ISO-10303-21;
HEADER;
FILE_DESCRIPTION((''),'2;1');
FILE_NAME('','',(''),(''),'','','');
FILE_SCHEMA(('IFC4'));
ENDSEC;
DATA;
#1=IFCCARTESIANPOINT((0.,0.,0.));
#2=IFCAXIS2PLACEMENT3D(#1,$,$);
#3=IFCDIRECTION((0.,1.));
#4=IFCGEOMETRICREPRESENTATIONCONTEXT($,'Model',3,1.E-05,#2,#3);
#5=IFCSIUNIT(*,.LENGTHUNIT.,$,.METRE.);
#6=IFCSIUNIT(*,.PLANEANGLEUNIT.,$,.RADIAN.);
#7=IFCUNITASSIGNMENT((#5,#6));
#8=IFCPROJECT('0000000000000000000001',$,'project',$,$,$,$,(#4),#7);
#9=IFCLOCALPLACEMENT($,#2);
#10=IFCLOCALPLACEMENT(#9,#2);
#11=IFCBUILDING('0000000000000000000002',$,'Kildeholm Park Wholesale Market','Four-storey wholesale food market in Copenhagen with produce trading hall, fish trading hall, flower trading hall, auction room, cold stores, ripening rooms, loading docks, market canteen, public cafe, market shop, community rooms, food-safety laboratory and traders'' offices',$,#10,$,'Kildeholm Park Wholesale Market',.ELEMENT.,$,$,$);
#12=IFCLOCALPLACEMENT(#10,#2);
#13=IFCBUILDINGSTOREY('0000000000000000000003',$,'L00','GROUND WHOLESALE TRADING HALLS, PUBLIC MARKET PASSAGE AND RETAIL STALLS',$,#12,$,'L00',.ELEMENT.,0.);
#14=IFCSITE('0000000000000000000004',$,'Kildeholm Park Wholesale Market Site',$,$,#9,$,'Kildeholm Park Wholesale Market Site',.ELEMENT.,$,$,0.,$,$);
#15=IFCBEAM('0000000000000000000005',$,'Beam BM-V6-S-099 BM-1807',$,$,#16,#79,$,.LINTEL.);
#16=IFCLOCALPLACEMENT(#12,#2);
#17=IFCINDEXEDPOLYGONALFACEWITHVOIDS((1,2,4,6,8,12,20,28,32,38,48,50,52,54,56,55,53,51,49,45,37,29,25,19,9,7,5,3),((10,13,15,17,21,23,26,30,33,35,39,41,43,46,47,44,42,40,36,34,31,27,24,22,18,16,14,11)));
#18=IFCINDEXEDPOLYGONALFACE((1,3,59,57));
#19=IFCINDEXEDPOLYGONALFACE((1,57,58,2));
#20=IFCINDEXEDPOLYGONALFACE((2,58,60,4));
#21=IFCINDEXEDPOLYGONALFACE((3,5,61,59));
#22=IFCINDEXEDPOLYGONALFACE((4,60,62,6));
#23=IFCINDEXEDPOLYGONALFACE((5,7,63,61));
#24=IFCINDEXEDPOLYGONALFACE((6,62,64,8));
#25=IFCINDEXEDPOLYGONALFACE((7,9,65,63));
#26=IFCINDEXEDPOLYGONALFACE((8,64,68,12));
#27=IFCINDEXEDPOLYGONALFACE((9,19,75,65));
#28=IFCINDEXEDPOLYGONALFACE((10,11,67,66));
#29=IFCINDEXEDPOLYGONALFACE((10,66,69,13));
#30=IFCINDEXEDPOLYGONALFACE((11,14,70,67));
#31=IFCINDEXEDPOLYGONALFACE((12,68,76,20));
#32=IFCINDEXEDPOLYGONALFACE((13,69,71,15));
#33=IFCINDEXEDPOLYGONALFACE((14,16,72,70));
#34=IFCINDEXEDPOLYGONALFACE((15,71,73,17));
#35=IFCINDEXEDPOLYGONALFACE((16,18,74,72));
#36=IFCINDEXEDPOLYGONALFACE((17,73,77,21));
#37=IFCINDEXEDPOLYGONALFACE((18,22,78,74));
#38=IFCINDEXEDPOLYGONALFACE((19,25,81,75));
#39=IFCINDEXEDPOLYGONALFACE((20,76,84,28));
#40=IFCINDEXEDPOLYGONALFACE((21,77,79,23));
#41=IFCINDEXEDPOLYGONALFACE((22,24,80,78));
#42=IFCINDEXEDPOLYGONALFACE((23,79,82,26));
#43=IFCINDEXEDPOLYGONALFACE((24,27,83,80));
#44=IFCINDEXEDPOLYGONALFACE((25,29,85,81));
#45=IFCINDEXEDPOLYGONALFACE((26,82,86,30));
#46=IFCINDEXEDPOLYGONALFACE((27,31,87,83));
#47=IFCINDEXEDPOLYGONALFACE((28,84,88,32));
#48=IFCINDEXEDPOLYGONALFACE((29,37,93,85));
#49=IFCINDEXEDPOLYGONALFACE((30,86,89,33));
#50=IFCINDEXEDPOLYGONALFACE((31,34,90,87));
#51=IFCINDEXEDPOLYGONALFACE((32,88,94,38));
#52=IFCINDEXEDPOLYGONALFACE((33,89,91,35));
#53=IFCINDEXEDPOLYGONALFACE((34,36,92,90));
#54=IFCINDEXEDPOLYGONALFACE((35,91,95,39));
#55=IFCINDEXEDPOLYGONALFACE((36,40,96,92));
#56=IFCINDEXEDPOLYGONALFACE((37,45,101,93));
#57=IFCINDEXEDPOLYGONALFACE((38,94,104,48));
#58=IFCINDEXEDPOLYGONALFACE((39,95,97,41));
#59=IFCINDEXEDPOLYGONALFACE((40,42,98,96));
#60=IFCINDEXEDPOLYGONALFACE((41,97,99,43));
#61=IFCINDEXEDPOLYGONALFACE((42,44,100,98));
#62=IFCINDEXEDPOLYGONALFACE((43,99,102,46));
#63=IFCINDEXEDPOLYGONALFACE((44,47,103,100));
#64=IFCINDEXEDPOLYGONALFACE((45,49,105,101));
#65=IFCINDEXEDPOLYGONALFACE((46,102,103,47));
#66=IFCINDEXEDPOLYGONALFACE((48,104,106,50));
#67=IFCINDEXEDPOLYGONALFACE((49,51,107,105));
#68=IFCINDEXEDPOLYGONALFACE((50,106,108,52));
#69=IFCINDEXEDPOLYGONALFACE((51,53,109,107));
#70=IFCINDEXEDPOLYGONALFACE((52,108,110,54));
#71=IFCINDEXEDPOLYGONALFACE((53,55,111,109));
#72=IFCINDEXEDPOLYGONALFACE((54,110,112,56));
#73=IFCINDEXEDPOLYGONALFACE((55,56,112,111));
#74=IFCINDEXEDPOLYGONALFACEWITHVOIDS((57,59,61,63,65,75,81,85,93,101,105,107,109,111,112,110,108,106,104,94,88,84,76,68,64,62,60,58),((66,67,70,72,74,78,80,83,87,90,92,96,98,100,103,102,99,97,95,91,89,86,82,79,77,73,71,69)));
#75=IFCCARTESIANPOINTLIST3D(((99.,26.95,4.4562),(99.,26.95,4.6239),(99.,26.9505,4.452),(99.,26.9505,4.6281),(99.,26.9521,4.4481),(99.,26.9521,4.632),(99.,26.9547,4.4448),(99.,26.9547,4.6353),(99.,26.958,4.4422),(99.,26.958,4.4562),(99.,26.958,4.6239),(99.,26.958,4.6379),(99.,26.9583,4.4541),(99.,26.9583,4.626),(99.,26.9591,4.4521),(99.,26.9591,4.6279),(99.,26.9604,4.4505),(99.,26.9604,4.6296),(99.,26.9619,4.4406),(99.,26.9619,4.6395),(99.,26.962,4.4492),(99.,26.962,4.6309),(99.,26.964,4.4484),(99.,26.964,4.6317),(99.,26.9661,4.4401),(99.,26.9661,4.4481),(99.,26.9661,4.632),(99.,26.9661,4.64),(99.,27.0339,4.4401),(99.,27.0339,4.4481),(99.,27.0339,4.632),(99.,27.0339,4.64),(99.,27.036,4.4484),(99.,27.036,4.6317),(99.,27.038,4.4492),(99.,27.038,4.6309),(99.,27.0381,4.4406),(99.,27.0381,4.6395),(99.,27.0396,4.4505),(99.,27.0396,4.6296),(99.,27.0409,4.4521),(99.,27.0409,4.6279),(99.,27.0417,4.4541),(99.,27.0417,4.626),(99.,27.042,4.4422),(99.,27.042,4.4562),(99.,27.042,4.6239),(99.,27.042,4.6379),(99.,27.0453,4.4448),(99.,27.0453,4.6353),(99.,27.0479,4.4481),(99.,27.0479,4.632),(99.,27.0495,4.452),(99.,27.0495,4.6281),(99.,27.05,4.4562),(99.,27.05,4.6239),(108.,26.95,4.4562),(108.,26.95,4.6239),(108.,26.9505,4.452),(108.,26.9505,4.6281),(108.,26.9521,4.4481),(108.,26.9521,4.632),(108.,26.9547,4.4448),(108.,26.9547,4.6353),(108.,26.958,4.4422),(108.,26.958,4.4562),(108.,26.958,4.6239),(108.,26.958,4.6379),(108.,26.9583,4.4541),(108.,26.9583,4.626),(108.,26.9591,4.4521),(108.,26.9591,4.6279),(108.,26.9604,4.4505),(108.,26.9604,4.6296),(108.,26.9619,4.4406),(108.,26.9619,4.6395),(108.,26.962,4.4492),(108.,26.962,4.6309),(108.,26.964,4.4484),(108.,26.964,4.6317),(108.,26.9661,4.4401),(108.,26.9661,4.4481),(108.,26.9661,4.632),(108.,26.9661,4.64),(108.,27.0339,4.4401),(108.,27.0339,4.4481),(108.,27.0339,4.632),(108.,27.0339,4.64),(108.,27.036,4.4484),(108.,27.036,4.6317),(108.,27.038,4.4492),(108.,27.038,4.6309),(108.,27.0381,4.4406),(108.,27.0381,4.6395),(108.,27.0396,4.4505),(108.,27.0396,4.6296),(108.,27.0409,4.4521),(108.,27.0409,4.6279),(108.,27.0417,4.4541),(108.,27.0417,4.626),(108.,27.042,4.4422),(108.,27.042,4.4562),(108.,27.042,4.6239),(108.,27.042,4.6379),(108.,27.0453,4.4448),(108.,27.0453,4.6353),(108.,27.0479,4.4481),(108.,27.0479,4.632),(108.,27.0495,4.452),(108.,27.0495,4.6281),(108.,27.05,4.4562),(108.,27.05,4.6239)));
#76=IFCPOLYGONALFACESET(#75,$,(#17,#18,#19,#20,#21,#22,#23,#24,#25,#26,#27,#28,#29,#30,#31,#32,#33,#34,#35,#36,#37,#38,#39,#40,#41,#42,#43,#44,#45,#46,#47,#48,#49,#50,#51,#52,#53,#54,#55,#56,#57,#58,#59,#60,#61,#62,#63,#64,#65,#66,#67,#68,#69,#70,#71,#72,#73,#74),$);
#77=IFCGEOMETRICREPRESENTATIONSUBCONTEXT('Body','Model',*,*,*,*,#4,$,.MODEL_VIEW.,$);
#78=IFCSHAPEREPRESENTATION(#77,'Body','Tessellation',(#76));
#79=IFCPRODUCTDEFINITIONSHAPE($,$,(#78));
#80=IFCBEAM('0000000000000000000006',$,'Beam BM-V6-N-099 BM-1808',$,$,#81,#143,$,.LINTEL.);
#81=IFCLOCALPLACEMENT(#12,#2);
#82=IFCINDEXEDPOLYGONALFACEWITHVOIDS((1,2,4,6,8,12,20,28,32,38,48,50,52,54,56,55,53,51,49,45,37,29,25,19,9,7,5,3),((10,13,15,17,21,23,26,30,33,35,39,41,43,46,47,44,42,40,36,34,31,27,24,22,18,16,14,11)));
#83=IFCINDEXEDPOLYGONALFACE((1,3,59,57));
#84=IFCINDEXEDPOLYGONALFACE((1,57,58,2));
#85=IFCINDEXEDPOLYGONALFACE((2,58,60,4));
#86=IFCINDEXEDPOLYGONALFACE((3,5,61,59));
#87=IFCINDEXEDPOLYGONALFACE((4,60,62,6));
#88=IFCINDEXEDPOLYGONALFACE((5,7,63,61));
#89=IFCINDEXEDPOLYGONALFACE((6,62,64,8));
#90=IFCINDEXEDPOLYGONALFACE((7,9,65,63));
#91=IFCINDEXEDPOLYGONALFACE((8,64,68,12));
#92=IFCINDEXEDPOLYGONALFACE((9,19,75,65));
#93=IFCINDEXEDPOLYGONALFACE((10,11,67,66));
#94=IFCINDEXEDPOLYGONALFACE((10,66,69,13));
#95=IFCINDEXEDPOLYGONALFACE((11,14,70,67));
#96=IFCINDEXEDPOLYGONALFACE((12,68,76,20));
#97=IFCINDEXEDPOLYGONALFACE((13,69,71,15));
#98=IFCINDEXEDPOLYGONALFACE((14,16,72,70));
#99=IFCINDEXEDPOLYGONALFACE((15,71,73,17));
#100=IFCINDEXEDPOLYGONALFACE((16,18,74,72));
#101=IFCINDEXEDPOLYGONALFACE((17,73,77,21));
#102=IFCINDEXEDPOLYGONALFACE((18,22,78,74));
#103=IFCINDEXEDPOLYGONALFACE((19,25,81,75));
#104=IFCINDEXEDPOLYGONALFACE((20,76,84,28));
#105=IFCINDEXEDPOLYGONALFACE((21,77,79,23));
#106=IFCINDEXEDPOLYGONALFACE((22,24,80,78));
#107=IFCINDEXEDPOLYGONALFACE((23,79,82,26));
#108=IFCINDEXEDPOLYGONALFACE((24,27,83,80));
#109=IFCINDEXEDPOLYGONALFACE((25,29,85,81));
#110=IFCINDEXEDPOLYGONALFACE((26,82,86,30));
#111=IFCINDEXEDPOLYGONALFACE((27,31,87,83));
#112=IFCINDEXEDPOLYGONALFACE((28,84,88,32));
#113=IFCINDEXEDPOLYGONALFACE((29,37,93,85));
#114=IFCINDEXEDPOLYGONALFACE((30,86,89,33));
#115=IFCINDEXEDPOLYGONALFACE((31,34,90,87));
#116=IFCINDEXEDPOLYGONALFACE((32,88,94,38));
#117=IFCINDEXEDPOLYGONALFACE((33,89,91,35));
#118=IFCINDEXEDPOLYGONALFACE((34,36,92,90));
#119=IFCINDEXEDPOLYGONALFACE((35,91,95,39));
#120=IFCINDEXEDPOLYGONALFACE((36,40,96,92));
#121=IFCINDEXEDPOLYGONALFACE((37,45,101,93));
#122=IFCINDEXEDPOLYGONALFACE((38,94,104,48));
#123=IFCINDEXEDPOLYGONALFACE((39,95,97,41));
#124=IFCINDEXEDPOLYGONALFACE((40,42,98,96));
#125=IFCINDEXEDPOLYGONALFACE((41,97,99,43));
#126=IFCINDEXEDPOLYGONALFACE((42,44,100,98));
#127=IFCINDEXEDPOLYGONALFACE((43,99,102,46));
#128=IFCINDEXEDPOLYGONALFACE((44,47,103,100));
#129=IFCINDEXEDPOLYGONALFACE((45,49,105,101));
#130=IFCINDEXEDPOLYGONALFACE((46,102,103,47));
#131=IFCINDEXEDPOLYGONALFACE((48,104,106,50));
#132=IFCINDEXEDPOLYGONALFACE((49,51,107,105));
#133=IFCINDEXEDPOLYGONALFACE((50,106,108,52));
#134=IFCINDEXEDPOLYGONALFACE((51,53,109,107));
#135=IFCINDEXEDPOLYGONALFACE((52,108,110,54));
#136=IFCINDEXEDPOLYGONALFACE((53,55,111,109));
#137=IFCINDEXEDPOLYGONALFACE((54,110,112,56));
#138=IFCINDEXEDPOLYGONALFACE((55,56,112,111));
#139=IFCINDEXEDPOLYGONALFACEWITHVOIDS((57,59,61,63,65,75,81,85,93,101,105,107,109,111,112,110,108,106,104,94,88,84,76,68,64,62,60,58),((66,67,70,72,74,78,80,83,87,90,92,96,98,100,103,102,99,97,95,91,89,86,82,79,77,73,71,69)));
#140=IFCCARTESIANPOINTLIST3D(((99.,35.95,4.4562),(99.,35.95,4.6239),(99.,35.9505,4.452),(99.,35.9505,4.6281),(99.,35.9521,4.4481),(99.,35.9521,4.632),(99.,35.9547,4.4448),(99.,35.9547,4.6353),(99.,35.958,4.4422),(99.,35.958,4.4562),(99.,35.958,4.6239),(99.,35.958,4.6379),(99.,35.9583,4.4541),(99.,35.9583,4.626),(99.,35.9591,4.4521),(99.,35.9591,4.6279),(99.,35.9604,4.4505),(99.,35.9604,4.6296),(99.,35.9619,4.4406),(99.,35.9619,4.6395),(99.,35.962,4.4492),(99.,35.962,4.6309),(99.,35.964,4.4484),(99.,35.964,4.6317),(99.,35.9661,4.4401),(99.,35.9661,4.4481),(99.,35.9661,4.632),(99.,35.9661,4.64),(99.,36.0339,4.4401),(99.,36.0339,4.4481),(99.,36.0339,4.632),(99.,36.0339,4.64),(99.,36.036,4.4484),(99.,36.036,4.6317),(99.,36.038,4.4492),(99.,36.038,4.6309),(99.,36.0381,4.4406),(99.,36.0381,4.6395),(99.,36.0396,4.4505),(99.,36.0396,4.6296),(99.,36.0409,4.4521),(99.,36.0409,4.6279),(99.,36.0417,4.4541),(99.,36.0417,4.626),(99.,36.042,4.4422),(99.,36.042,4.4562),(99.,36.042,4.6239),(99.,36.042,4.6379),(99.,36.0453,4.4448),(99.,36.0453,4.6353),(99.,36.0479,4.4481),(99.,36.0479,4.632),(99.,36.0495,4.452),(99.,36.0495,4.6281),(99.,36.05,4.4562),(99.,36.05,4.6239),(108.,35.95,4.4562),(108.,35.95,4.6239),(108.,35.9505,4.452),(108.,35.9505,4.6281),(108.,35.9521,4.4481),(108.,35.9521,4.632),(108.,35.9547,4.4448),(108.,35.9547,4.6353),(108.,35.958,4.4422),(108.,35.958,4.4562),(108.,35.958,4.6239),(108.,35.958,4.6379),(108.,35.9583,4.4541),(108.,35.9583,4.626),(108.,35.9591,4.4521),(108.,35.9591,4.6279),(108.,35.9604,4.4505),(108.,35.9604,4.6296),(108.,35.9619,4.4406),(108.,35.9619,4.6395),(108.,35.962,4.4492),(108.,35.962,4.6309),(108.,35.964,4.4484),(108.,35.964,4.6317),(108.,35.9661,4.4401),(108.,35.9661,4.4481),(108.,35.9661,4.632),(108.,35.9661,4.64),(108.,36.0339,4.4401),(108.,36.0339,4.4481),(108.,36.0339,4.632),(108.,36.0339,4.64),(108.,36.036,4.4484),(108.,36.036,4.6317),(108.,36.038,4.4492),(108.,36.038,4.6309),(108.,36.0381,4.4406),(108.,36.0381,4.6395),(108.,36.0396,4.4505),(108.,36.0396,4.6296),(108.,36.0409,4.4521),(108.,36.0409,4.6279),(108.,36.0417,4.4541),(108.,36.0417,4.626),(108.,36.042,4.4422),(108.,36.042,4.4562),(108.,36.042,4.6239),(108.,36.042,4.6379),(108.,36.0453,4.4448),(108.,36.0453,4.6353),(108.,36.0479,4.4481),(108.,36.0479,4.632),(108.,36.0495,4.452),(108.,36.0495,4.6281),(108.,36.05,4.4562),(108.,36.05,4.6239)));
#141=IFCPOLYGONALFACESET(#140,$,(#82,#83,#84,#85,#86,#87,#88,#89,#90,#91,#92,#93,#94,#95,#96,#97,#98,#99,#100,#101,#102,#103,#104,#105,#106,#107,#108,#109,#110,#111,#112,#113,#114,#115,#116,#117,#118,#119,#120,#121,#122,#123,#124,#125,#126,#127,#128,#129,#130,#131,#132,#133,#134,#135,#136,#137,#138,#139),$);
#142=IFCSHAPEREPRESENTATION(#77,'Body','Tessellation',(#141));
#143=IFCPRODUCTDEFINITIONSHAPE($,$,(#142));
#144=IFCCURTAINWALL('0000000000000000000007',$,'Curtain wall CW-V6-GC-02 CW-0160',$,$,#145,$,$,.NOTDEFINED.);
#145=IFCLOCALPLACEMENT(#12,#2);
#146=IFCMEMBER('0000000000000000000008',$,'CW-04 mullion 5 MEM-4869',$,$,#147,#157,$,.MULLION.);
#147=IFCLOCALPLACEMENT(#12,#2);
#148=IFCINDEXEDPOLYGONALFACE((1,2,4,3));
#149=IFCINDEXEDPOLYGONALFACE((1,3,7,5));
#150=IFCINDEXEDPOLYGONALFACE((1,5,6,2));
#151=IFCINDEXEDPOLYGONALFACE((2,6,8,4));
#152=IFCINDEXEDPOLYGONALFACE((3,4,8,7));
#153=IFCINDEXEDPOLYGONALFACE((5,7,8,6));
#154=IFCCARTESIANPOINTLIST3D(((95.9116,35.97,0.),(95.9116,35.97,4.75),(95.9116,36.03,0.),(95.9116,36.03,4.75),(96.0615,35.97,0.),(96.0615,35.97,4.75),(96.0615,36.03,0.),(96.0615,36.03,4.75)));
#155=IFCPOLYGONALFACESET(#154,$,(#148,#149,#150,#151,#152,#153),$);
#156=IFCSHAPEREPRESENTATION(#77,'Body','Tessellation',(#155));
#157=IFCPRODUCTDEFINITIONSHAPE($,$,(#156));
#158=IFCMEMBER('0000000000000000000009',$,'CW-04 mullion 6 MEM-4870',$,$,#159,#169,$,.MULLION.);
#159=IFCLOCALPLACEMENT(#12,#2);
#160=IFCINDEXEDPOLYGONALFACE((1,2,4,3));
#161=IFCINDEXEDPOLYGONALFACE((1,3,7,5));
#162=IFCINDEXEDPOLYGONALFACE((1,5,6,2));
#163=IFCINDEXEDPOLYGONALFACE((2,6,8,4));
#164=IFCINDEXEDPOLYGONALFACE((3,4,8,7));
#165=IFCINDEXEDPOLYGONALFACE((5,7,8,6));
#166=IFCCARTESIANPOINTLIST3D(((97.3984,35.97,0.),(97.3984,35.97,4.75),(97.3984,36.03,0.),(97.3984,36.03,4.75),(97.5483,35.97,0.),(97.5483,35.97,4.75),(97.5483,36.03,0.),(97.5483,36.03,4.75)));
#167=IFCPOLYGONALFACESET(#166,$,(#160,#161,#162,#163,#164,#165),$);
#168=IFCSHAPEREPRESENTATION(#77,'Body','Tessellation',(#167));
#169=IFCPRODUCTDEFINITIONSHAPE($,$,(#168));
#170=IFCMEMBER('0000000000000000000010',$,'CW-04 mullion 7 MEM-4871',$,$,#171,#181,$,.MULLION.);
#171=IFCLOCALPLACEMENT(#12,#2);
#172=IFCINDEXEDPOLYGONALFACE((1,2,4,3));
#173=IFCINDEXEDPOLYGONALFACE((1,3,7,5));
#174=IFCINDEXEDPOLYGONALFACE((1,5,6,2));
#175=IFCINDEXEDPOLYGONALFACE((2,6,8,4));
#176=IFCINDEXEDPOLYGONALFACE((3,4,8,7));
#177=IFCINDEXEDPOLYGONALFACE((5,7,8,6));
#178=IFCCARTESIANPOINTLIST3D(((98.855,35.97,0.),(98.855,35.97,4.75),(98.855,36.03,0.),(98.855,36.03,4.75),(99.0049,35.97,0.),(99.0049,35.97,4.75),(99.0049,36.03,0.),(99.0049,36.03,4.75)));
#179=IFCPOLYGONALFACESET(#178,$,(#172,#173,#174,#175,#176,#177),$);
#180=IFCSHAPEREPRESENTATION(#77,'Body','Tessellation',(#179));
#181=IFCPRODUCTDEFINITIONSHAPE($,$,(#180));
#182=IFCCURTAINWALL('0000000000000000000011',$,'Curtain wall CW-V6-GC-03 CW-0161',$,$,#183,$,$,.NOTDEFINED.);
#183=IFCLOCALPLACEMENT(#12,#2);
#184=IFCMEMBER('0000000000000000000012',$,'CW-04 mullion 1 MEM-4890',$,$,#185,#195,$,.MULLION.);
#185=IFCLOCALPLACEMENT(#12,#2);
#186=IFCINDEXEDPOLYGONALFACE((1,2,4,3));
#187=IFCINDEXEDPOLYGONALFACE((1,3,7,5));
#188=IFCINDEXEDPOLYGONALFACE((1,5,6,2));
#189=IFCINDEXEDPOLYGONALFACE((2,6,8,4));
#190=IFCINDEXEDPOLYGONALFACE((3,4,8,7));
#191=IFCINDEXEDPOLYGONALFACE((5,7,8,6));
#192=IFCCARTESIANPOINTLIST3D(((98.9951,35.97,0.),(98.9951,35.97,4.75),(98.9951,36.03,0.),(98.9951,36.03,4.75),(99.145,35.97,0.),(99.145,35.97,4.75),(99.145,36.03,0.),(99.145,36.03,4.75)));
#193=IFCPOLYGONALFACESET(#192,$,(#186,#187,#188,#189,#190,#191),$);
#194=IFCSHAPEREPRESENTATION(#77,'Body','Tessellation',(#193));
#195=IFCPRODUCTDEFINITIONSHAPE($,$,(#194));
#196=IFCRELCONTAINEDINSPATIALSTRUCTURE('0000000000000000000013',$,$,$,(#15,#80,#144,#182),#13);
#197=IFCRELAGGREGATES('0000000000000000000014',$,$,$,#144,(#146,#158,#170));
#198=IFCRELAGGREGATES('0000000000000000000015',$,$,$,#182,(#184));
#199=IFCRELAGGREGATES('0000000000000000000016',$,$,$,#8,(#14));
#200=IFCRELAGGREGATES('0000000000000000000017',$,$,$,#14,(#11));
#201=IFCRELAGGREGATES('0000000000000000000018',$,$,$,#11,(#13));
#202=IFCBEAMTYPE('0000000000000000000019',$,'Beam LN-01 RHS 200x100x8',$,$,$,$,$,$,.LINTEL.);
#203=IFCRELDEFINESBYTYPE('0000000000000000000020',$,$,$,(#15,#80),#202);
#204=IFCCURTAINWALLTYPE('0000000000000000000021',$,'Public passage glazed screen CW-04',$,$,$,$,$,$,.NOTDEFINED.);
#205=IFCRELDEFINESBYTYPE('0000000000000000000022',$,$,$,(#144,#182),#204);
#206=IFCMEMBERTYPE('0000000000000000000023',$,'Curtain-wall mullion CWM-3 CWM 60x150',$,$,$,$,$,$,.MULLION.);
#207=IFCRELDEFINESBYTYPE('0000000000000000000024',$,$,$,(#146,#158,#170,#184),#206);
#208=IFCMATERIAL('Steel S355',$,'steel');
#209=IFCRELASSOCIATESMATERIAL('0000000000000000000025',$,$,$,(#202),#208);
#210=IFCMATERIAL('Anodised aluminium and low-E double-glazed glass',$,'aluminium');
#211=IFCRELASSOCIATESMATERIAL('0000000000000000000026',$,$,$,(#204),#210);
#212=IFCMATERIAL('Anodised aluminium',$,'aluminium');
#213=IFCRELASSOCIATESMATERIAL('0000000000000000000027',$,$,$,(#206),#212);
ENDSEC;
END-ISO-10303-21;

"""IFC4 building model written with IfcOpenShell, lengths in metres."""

from ifc_helpers import new_model, si_unit, direction, frame, origin, origin_2d, place, context, subcontext, project, spatial, rectangle, hollow_rectangle, extrude, material, material_profile, profile_set, type_object, element, aggregate, save


model = new_model("IFC4")

# Units and contexts
model_context = context("Model", 3, precision=1e-05, world=origin(), true_north=direction((0.0, 1.0)))
body_context = subcontext(model_context, "Body", "Model", "MODEL_VIEW")
ifc_project = project(units=[si_unit("LENGTHUNIT", "METRE"), si_unit("PLANEANGLEUNIT", "RADIAN")], contexts=[model_context])

# Site, building, storey
site_placement = place(None, origin())
site = spatial("IfcSite", under=ifc_project, at=site_placement, Name="Kildeholm Park Wholesale Market Site", LongName="Kildeholm Park Wholesale Market Site", CompositionType="ELEMENT", RefElevation=0.0)
building_placement = place(site_placement, origin())
building = spatial("IfcBuilding", under=site, at=building_placement, Name="Kildeholm Park Wholesale Market", Description="Four-storey wholesale food market in Copenhagen with produce trading hall, fish trading hall, flower trading hall, auction room, cold stores, ripening rooms, loading docks, market canteen, public cafe, market shop, community rooms, food-safety laboratory and traders' offices", LongName="Kildeholm Park Wholesale Market", CompositionType="ELEMENT")
storey_placement = place(building_placement, origin())
storey = spatial("IfcBuildingStorey", under=building, at=storey_placement, Name="L00", Description="GROUND WHOLESALE TRADING HALLS, PUBLIC MARKET PASSAGE AND RETAIL STALLS", LongName="L00", CompositionType="ELEMENT", Elevation=0.0)

# Shared definitions
ifc_material_1 = material(Name="Steel S355", Category="steel")

# Beams
ifc_material_profile_1 = material_profile(ifc_material_1, hollow_rectangle(XDim=0.1001, YDim=0.2, WallThickness=0.0081, InnerFilletRadius=0.0081, OuterFilletRadius=0.0161, at=origin_2d()), Name="RHS 200x100x8")
ifc_profile_set_1 = profile_set([ifc_material_profile_1], Name="Steel S355")
beam_type_1 = type_object("IfcBeamType", Name="Beam LN-01 RHS 200x100x8", PredefinedType="LINTEL", material=ifc_profile_set_1)
for number, where, z_axis, x_axis, name in (
    (1, (99.0, 27.0, 4.54), (1.0, 0.0, 0.0), (0.0, 1.0, 0.0), "Beam BM-V6-S-099 BM-1807"),
    (2, (99.0, 36.0, 4.54), (1.0, 0.0, 0.0), (0.0, 1.0, 0.0), "Beam BM-V6-N-099 BM-1808"),
):
    element("IfcBeam", number, at=place(storey_placement, frame(where, z_axis=z_axis, x_axis=x_axis)), inside=storey, type_object=beam_type_1, Name=name, PredefinedType="LINTEL", context=body_context, shape_type="SweptSolid", body=[
        extrude(hollow_rectangle(XDim=0.1001, YDim=0.2, WallThickness=0.0081, InnerFilletRadius=0.0081, OuterFilletRadius=0.0161, at=origin_2d()), origin(), (0.0, 0.0, 1.0), 9.0),
    ])

# Curtain walls, members
ifc_material_2 = material(Name="Anodised aluminium and low-E double-glazed glass", Category="aluminium")
curtain_wall_type = type_object("IfcCurtainWallType", Name="Public passage glazed screen CW-04", PredefinedType="NOTDEFINED", material=ifc_material_2)
curtain_wall_1_placement = place(storey_placement, origin())
curtain_wall_1 = element("IfcCurtainWall", 3, at=curtain_wall_1_placement, inside=storey, type_object=curtain_wall_type, Name="Curtain wall CW-V6-GC-02 CW-0160", PredefinedType="NOTDEFINED")
ifc_material_3 = material(Name="Anodised aluminium", Category="aluminium")
ifc_material_profile_2 = material_profile(ifc_material_3, rectangle(XDim=0.0601, YDim=0.1499, at=origin_2d()), Name="CWM 60x150")
ifc_profile_set_2 = profile_set([ifc_material_profile_2], Name="Anodised aluminium")
member_type_1 = type_object("IfcMemberType", Name="Curtain-wall mullion CWM-3 CWM 60x150", PredefinedType="MULLION", material=ifc_profile_set_2)
member_1_placement = place(storey_placement, frame((95.9866, 36.0, 0.0), z_axis=(0.0, 0.0, 1.0), x_axis=(0.0, 1.0, 0.0)))
member_1 = element("IfcMember", 4, at=member_1_placement, type_object=member_type_1, Name="CW-04 mullion 5 MEM-4869", PredefinedType="MULLION", context=body_context, shape_type="SweptSolid", body=[
    extrude(rectangle(XDim=0.0601, YDim=0.1499, at=origin_2d()), origin(), (0.0, 0.0, 1.0), 4.75),
])
member_2_placement = place(storey_placement, frame((97.4734, 36.0, 0.0), z_axis=(0.0, 0.0, 1.0), x_axis=(0.0, 1.0, 0.0)))
member_2 = element("IfcMember", 5, at=member_2_placement, type_object=member_type_1, Name="CW-04 mullion 6 MEM-4870", PredefinedType="MULLION", context=body_context, shape_type="SweptSolid", body=[
    extrude(rectangle(XDim=0.0601, YDim=0.1499, at=origin_2d()), origin(), (0.0, 0.0, 1.0), 4.75),
])
member_3_placement = place(storey_placement, frame((98.9299, 36.0, 0.0), z_axis=(0.0, 0.0, 1.0), x_axis=(0.0, 1.0, 0.0)))
member_3 = element("IfcMember", 6, at=member_3_placement, type_object=member_type_1, Name="CW-04 mullion 7 MEM-4871", PredefinedType="MULLION", context=body_context, shape_type="SweptSolid", body=[
    extrude(rectangle(XDim=0.0601, YDim=0.1499, at=origin_2d()), origin(), (0.0, 0.0, 1.0), 4.75),
])
curtain_wall_2_placement = place(storey_placement, origin())
curtain_wall_2 = element("IfcCurtainWall", 7, at=curtain_wall_2_placement, inside=storey, type_object=curtain_wall_type, Name="Curtain wall CW-V6-GC-03 CW-0161", PredefinedType="NOTDEFINED")
member_4_placement = place(storey_placement, frame((99.0701, 36.0, 0.0), z_axis=(0.0, 0.0, 1.0), x_axis=(0.0, 1.0, 0.0)))
member_4 = element("IfcMember", 8, at=member_4_placement, type_object=member_type_1, Name="CW-04 mullion 1 MEM-4890", PredefinedType="MULLION", context=body_context, shape_type="SweptSolid", body=[
    extrude(rectangle(XDim=0.0601, YDim=0.1499, at=origin_2d()), origin(), (0.0, 0.0, 1.0), 4.75),
])

aggregate(curtain_wall_1, [member_1, member_2, member_3])
aggregate(curtain_wall_2, [member_4])

save(model, "model.ifc")
